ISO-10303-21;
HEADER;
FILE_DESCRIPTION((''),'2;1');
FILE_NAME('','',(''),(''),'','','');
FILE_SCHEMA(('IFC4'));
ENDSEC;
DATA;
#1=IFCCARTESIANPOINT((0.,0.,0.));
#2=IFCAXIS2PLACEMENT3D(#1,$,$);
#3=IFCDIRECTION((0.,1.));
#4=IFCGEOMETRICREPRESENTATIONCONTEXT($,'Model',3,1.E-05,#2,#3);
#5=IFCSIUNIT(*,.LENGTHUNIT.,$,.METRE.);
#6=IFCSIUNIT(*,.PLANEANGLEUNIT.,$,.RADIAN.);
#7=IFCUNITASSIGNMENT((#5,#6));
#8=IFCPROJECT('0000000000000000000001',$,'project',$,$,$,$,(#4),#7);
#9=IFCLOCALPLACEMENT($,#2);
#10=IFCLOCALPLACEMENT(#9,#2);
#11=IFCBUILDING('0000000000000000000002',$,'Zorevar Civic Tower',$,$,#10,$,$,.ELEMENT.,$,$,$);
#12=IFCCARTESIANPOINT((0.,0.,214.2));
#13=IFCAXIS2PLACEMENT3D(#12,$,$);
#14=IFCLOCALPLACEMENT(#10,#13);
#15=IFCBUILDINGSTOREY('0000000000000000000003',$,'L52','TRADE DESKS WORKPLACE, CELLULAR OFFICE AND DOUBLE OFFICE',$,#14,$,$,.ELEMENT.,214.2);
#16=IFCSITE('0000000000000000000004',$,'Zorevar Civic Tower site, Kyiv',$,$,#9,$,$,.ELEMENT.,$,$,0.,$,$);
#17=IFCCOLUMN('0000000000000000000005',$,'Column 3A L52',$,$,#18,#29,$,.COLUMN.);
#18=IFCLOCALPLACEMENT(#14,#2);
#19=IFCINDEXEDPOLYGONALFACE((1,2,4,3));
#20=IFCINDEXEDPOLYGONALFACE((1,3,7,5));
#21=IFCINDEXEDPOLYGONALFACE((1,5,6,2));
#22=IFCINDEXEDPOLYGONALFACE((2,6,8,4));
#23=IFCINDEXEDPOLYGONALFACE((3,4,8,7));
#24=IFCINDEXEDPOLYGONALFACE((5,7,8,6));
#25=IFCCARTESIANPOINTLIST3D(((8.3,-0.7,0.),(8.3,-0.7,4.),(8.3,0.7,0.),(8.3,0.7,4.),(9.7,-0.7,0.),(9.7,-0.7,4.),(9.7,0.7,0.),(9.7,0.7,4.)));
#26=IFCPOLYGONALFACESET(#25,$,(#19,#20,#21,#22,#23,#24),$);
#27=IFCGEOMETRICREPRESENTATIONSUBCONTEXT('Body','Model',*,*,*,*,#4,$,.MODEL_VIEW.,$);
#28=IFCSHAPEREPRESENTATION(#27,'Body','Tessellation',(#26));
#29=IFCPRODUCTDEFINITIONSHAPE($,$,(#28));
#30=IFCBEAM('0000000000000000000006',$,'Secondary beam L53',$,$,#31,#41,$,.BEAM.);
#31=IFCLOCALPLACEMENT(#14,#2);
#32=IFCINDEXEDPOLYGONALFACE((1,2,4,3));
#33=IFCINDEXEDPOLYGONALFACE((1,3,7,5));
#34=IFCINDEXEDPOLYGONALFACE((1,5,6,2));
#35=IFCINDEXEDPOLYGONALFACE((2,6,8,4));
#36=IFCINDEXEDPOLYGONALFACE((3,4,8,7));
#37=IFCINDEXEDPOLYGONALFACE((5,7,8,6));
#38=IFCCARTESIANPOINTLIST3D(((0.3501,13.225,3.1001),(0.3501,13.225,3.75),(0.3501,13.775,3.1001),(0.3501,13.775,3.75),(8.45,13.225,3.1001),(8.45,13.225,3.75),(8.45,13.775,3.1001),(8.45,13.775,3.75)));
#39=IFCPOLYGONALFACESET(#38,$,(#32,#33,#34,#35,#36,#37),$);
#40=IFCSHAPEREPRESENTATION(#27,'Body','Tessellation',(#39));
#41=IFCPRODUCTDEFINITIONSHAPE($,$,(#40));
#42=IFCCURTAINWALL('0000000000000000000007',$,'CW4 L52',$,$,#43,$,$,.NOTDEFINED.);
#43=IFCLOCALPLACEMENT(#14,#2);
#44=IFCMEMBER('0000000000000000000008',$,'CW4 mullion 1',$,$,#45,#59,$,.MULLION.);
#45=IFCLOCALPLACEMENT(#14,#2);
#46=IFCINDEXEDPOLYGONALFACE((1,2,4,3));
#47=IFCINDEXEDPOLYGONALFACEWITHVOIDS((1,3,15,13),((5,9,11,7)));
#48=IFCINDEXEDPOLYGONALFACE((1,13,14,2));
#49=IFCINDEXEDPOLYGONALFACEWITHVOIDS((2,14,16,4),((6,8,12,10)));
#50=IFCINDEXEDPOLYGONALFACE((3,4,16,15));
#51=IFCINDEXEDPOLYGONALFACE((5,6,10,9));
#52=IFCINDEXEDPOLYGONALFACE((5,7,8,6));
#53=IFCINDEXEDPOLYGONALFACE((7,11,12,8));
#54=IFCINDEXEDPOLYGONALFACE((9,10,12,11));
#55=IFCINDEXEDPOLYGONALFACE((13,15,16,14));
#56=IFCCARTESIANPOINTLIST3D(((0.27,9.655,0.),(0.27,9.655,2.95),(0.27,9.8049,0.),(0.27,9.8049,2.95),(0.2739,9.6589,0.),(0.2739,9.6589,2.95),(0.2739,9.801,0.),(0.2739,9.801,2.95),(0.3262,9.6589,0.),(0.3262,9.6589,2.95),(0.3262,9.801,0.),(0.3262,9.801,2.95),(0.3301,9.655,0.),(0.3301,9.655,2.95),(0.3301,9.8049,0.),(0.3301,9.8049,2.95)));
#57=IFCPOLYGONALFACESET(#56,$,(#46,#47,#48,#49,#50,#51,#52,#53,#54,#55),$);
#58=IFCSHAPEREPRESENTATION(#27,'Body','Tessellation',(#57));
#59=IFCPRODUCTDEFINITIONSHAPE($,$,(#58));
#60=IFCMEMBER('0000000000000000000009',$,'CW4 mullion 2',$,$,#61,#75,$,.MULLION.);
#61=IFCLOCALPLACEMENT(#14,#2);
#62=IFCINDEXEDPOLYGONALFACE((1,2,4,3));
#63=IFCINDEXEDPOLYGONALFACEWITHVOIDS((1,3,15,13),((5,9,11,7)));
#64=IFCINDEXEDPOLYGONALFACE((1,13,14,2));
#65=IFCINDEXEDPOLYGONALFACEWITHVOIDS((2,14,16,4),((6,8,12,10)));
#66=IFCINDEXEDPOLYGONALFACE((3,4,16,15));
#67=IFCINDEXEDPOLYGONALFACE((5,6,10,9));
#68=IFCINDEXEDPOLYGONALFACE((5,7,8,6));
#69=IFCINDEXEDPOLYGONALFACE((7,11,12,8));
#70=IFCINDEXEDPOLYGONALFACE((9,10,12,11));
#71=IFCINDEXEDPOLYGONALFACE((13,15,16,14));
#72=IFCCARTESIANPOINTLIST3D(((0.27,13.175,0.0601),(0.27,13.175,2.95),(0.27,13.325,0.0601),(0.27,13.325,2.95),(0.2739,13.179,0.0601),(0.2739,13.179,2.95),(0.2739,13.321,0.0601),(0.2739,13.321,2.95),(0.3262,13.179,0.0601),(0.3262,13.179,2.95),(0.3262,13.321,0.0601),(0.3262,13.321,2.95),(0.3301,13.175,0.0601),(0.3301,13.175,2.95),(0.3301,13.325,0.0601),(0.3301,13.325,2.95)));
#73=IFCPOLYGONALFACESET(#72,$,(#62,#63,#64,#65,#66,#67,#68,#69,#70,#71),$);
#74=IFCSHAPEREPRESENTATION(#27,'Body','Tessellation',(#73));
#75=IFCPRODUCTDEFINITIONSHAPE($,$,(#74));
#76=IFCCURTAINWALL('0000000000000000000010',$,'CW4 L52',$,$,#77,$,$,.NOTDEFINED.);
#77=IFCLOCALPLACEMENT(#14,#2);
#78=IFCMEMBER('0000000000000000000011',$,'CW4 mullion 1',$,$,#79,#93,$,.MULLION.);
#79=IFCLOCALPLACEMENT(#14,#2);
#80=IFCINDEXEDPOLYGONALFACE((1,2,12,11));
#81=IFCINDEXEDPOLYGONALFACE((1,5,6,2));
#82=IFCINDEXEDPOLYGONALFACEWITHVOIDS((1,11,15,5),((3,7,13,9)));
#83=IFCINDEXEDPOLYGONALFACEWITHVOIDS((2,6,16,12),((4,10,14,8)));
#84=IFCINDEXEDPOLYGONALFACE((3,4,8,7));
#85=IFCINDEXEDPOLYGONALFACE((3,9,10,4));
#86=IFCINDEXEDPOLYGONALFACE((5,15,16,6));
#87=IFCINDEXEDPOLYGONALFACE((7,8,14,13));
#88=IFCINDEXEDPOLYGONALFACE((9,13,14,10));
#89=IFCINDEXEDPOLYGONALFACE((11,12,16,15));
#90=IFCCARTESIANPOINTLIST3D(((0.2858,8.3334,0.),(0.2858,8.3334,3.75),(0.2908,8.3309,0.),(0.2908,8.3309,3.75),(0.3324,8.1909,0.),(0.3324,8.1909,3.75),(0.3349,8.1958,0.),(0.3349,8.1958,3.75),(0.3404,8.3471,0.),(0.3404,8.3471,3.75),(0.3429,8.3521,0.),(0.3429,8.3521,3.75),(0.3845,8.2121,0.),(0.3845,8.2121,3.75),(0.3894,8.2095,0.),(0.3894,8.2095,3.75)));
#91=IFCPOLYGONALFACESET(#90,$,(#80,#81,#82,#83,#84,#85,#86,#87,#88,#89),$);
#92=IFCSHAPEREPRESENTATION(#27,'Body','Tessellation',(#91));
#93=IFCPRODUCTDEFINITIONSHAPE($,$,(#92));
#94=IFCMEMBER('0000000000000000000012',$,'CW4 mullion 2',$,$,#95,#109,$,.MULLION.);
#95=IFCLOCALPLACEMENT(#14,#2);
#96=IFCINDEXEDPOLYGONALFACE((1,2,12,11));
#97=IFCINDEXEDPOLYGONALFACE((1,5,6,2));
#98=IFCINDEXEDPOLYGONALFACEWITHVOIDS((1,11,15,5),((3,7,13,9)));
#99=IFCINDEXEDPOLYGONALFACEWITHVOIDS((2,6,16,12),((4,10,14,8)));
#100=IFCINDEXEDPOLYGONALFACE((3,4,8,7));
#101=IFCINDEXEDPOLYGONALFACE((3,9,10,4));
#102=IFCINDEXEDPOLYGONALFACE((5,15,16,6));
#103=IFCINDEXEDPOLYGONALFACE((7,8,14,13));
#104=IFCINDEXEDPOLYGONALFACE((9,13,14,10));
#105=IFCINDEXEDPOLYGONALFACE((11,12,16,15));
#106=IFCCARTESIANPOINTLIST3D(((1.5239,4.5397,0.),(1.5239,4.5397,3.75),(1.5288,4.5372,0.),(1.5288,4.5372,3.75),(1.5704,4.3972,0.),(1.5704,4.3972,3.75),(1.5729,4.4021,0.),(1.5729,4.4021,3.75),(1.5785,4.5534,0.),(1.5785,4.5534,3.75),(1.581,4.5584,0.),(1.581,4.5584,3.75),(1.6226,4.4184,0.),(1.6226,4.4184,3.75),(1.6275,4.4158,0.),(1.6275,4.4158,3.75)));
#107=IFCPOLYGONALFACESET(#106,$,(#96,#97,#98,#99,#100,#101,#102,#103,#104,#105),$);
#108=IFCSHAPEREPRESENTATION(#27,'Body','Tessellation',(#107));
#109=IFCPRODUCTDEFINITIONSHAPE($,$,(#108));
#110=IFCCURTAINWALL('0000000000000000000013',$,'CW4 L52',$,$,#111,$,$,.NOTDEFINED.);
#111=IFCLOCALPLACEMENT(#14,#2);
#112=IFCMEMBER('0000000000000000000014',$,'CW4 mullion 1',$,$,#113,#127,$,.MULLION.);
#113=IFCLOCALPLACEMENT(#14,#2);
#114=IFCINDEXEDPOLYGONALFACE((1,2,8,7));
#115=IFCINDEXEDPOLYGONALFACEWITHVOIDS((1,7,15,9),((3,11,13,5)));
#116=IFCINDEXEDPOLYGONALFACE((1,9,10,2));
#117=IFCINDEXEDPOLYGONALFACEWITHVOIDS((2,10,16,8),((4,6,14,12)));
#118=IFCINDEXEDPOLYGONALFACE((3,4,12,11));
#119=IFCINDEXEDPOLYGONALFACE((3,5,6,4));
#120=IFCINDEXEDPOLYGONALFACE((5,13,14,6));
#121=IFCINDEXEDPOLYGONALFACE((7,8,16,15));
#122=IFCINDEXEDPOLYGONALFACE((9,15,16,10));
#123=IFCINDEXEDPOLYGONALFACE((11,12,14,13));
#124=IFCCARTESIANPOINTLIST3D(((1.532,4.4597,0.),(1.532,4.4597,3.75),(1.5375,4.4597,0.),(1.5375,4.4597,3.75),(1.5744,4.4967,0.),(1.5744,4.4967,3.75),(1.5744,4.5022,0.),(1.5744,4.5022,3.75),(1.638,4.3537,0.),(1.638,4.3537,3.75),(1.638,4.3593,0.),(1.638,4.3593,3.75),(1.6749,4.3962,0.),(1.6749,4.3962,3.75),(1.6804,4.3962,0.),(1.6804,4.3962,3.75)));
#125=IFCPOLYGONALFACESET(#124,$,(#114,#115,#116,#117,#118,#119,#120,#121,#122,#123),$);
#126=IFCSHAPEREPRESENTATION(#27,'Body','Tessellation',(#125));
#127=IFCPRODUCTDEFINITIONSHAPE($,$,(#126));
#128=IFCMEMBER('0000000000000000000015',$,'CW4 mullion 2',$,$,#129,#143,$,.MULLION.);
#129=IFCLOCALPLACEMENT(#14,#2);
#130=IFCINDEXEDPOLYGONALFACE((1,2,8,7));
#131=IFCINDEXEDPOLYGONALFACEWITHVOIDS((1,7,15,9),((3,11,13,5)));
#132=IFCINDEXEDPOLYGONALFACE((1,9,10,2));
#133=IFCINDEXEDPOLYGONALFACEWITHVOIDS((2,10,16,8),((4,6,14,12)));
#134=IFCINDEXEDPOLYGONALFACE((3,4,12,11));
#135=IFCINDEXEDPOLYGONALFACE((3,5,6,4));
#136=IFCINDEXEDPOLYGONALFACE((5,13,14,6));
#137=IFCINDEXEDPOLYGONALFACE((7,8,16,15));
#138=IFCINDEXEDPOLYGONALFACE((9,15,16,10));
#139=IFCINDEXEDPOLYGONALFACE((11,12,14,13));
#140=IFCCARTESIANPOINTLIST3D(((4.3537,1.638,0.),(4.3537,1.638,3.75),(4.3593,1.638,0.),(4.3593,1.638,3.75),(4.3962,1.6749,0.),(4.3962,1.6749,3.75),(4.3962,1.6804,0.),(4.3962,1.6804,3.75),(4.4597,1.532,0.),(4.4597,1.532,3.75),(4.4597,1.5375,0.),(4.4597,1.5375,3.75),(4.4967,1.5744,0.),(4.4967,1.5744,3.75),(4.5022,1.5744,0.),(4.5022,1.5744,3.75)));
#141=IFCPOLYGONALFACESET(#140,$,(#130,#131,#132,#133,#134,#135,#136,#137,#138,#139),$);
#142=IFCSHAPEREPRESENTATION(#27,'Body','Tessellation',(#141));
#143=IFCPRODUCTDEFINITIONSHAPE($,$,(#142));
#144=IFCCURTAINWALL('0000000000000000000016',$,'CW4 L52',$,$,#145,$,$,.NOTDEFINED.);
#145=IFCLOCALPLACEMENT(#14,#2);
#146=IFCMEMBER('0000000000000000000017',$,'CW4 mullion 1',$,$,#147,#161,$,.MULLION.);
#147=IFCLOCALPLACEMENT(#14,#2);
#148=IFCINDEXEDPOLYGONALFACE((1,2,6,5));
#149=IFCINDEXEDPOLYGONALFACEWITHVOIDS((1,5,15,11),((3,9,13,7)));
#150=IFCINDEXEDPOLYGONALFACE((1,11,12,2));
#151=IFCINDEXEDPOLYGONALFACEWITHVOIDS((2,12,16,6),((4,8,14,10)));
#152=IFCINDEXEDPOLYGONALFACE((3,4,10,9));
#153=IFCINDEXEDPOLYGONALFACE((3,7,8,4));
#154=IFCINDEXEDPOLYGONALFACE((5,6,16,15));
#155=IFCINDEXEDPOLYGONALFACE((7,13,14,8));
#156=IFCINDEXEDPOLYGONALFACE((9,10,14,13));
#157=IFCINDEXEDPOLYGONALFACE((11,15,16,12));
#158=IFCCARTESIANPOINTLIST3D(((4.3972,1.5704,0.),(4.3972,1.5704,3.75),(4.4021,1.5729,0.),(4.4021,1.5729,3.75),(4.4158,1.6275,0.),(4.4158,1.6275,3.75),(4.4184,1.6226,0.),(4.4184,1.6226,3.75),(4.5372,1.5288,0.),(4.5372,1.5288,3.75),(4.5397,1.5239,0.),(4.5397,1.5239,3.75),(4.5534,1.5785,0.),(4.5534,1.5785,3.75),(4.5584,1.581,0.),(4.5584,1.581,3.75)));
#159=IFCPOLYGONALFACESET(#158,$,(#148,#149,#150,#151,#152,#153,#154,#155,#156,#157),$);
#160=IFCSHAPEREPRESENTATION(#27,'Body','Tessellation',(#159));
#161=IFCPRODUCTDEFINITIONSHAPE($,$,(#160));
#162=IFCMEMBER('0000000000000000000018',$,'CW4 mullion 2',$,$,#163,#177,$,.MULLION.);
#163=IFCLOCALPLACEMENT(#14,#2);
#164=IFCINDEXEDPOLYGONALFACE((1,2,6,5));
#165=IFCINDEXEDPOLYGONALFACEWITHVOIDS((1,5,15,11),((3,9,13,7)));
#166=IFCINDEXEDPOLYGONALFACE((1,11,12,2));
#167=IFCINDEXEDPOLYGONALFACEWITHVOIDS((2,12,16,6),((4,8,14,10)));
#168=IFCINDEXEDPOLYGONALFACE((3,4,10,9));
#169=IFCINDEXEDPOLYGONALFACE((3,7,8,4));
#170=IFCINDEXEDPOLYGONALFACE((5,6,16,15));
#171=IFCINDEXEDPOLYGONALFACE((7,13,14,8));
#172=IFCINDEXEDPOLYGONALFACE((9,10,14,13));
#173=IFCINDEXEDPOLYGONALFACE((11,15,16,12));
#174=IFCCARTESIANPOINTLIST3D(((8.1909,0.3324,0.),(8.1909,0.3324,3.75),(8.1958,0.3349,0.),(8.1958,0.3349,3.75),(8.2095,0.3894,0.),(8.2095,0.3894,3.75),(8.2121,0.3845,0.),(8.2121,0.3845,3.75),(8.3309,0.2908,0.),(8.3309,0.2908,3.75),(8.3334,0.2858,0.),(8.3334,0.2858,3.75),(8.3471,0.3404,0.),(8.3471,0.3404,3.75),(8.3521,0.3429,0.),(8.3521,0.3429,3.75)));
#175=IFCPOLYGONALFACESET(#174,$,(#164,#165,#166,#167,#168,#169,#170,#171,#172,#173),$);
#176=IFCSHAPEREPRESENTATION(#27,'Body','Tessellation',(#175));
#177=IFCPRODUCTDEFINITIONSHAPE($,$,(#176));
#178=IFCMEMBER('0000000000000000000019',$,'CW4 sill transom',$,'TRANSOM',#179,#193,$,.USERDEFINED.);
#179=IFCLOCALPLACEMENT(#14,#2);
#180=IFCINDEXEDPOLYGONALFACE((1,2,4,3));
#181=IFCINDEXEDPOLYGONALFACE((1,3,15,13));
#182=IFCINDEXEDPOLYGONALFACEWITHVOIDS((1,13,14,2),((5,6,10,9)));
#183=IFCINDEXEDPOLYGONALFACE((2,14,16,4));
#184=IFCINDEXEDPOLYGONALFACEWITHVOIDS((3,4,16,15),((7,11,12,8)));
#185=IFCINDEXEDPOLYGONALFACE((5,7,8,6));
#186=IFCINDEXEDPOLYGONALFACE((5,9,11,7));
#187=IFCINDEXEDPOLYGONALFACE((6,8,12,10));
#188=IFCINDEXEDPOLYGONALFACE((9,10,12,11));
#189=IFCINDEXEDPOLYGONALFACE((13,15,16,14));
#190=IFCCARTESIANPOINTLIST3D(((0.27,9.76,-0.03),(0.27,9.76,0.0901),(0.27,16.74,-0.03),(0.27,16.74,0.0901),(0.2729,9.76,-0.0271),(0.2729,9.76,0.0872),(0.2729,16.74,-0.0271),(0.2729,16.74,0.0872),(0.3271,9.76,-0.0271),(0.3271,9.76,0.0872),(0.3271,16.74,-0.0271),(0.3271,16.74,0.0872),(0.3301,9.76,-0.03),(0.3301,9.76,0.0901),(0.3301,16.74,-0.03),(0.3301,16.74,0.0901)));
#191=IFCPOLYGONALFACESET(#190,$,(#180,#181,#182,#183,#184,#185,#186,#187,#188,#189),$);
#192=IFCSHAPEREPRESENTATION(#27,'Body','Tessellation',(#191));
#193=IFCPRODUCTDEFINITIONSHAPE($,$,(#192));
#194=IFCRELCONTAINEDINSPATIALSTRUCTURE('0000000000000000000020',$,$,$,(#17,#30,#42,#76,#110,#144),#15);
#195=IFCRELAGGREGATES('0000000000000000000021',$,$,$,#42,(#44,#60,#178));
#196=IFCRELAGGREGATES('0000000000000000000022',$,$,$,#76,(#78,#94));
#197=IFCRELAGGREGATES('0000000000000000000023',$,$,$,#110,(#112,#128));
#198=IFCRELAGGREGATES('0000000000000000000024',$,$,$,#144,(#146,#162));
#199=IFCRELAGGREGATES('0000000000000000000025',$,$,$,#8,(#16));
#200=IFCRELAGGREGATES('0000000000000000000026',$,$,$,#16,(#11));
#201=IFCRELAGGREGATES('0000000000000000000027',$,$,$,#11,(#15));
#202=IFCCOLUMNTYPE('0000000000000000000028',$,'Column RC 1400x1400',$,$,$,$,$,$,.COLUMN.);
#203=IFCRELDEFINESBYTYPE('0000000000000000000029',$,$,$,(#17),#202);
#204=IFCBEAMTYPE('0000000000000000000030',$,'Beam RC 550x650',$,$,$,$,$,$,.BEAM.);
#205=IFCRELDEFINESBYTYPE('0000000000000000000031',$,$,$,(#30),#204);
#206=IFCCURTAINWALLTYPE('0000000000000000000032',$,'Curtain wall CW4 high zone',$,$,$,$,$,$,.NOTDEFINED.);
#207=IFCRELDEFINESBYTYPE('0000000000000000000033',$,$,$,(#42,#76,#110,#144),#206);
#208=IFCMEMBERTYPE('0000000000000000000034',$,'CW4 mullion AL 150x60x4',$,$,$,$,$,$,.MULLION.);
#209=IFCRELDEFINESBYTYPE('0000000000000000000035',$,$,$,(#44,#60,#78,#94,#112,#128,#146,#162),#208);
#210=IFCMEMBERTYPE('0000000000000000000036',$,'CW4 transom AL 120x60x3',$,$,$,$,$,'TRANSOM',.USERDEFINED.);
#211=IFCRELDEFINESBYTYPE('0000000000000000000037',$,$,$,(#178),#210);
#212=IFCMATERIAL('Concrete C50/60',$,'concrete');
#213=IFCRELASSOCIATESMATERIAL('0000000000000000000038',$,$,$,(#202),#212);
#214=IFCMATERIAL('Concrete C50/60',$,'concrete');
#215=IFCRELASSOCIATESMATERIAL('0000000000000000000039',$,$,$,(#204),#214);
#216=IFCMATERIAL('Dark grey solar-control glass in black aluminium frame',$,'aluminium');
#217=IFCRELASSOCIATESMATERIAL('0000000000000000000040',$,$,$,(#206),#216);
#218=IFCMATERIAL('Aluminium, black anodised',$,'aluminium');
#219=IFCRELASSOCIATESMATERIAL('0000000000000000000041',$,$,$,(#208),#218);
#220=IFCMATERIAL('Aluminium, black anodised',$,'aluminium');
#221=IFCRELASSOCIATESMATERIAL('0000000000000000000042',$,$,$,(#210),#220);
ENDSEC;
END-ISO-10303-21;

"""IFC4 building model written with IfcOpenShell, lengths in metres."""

from ifc_helpers import new_model, si_unit, direction, frame, origin, origin_2d, place, context, subcontext, project, spatial, rectangle, hollow_rectangle, extrude, material, material_profile, profile_set, type_object, element, aggregate, save


model = new_model("IFC4")

# Units and contexts
model_context = context("Model", 3, precision=1e-05, world=origin(), true_north=direction((0.0, 1.0)))
body_context = subcontext(model_context, "Body", "Model", "MODEL_VIEW")
ifc_project = project(units=[si_unit("LENGTHUNIT", "METRE"), si_unit("PLANEANGLEUNIT", "RADIAN")], contexts=[model_context])

# Site, building, storey
site_placement = place(None, origin())
site = spatial("IfcSite", under=ifc_project, at=site_placement, Name="Zorevar Civic Tower site, Kyiv", CompositionType="ELEMENT", RefElevation=0.0)
building_placement = place(site_placement, origin())
building = spatial("IfcBuilding", under=site, at=building_placement, Name="Zorevar Civic Tower", CompositionType="ELEMENT")
storey_placement = place(building_placement, frame((0.0, 0.0, 214.2)))
storey = spatial("IfcBuildingStorey", under=building, at=storey_placement, Name="L52", Description="TRADE DESKS WORKPLACE, CELLULAR OFFICE AND DOUBLE OFFICE", CompositionType="ELEMENT", Elevation=214.2)

# Column
ifc_material_1 = material(Name="Concrete C50/60", Category="concrete")
ifc_material_profile_1 = material_profile(ifc_material_1, rectangle(XDim=1.3999, YDim=1.3999, at=origin_2d()), Name="RC 1400x1400")
ifc_profile_set_1 = profile_set([ifc_material_profile_1], Name="Concrete C50/60")
column_type = type_object("IfcColumnType", Name="Column RC 1400x1400", PredefinedType="COLUMN", material=ifc_profile_set_1)
column_placement = place(storey_placement, frame((9.0, 0.0, 0.0), z_axis=(0.0, 0.0, 1.0), x_axis=(1.0, 0.0, 0.0)))
element("IfcColumn", 1, at=column_placement, inside=storey, type_object=column_type, Name="Column 3A L52", PredefinedType="COLUMN", context=body_context, shape_type="SweptSolid", body=[
    extrude(rectangle(XDim=1.3999, YDim=1.3999, at=origin_2d()), origin(), (0.0, 0.0, 1.0), 4.0),
])

# Beam
ifc_material_2 = material(Name="Concrete C50/60", Category="concrete")
ifc_material_profile_2 = material_profile(ifc_material_2, rectangle(XDim=0.55, YDim=0.6499, at=origin_2d()), Name="RC 550x650")
ifc_profile_set_2 = profile_set([ifc_material_profile_2], Name="Concrete C50/60")
beam_type_1 = type_object("IfcBeamType", Name="Beam RC 550x650", PredefinedType="BEAM", material=ifc_profile_set_2)
beam_1_placement = place(storey_placement, frame((0.3501, 13.5, 3.425), z_axis=(1.0, 0.0, 0.0), x_axis=(0.0, 1.0, 0.0)))
element("IfcBeam", 2, at=beam_1_placement, inside=storey, type_object=beam_type_1, Name="Secondary beam L53", PredefinedType="BEAM", context=body_context, shape_type="SweptSolid", body=[
    extrude(rectangle(XDim=0.55, YDim=0.6499, at=origin_2d()), origin(), (0.0, 0.0, 1.0), 8.0999),
])

# Curtain walls, members
ifc_material_3 = material(Name="Dark grey solar-control glass in black aluminium frame", Category="aluminium")
curtain_wall_type = type_object("IfcCurtainWallType", Name="Curtain wall CW4 high zone", PredefinedType="NOTDEFINED", material=ifc_material_3)
curtain_wall_1_placement = place(storey_placement, origin())
curtain_wall_1 = element("IfcCurtainWall", 3, at=curtain_wall_1_placement, inside=storey, type_object=curtain_wall_type, Name="CW4 L52", PredefinedType="NOTDEFINED")
ifc_material_4 = material(Name="Aluminium, black anodised", Category="aluminium")
ifc_material_profile_3 = material_profile(ifc_material_4, hollow_rectangle(XDim=0.0601, YDim=0.1499, WallThickness=0.0039, at=origin_2d()), Name="AL 150x60x4")
ifc_profile_set_3 = profile_set([ifc_material_profile_3], Name="Aluminium, black anodised")
member_type_1 = type_object("IfcMemberType", Name="CW4 mullion AL 150x60x4", PredefinedType="MULLION", material=ifc_profile_set_3)
member_1_placement = place(storey_placement, frame((0.3, 9.73, 0.0), z_axis=(0.0, 0.0, 1.0), x_axis=(-1.0, 0.0, 0.0)))
member_1 = element("IfcMember", 4, at=member_1_placement, type_object=member_type_1, Name="CW4 mullion 1", PredefinedType="MULLION", context=body_context, shape_type="SweptSolid", body=[
    extrude(hollow_rectangle(XDim=0.0601, YDim=0.1499, WallThickness=0.0039, at=origin_2d()), origin(), (0.0, 0.0, 1.0), 2.95),
])
member_2_placement = place(storey_placement, frame((0.3, 13.25, 0.0601), z_axis=(0.0, 0.0, 1.0), x_axis=(-1.0, 0.0, 0.0)))
member_2 = element("IfcMember", 5, at=member_2_placement, type_object=member_type_1, Name="CW4 mullion 2", PredefinedType="MULLION", context=body_context, shape_type="SweptSolid", body=[
    extrude(hollow_rectangle(XDim=0.0601, YDim=0.1499, WallThickness=0.0039, at=origin_2d()), origin(), (0.0, 0.0, 1.0), 2.8899),
])
curtain_wall_2_placement = place(storey_placement, origin())
curtain_wall_2 = element("IfcCurtainWall", 6, at=curtain_wall_2_placement, inside=storey, type_object=curtain_wall_type, Name="CW4 L52", PredefinedType="NOTDEFINED")
member_3_placement = place(storey_placement, frame((0.3376, 8.2715, 0.0), z_axis=(0.0, 0.0, 1.0), x_axis=(0.950645, 0.310281, 0.0)))
member_3 = element("IfcMember", 7, at=member_3_placement, type_object=member_type_1, Name="CW4 mullion 1", PredefinedType="MULLION", context=body_context, shape_type="SweptSolid", body=[
    extrude(hollow_rectangle(XDim=0.0601, YDim=0.1499, WallThickness=0.0039, at=origin_2d()), origin(), (0.0, 0.0, 1.0), 3.75),
])
member_4_placement = place(storey_placement, frame((1.5757, 4.4778, 0.0), z_axis=(0.0, 0.0, 1.0), x_axis=(0.950645, 0.310281, 0.0)))
member_4 = element("IfcMember", 8, at=member_4_placement, type_object=member_type_1, Name="CW4 mullion 2", PredefinedType="MULLION", context=body_context, shape_type="SweptSolid", body=[
    extrude(hollow_rectangle(XDim=0.0601, YDim=0.1499, WallThickness=0.0039, at=origin_2d()), origin(), (0.0, 0.0, 1.0), 3.75),
])
curtain_wall_3_placement = place(storey_placement, origin())
curtain_wall_3 = element("IfcCurtainWall", 9, at=curtain_wall_3_placement, inside=storey, type_object=curtain_wall_type, Name="CW4 L52", PredefinedType="NOTDEFINED")
member_5_placement = place(storey_placement, frame((1.6062, 4.428, 0.0), z_axis=(0.0, 0.0, 1.0), x_axis=(0.707107, 0.707107, 0.0)))
member_5 = element("IfcMember", 10, at=member_5_placement, type_object=member_type_1, Name="CW4 mullion 1", PredefinedType="MULLION", context=body_context, shape_type="SweptSolid", body=[
    extrude(hollow_rectangle(XDim=0.0601, YDim=0.1499, WallThickness=0.0039, at=origin_2d()), origin(), (0.0, 0.0, 1.0), 3.75),
])
member_6_placement = place(storey_placement, frame((4.428, 1.6062, 0.0), z_axis=(0.0, 0.0, 1.0), x_axis=(0.707107, 0.707107, 0.0)))
member_6 = element("IfcMember", 11, at=member_6_placement, type_object=member_type_1, Name="CW4 mullion 2", PredefinedType="MULLION", context=body_context, shape_type="SweptSolid", body=[
    extrude(hollow_rectangle(XDim=0.0601, YDim=0.1499, WallThickness=0.0039, at=origin_2d()), origin(), (0.0, 0.0, 1.0), 3.75),
])
curtain_wall_4_placement = place(storey_placement, origin())
curtain_wall_4 = element("IfcCurtainWall", 12, at=curtain_wall_4_placement, inside=storey, type_object=curtain_wall_type, Name="CW4 L52", PredefinedType="NOTDEFINED")
member_7_placement = place(storey_placement, frame((4.4778, 1.5757, 0.0), z_axis=(0.0, 0.0, 1.0), x_axis=(0.310281, 0.950645, 0.0)))
member_7 = element("IfcMember", 13, at=member_7_placement, type_object=member_type_1, Name="CW4 mullion 1", PredefinedType="MULLION", context=body_context, shape_type="SweptSolid", body=[
    extrude(hollow_rectangle(XDim=0.0601, YDim=0.1499, WallThickness=0.0039, at=origin_2d()), origin(), (0.0, 0.0, 1.0), 3.75),
])
member_8_placement = place(storey_placement, frame((8.2715, 0.3376, 0.0), z_axis=(0.0, 0.0, 1.0), x_axis=(0.310281, 0.950645, 0.0)))
member_8 = element("IfcMember", 14, at=member_8_placement, type_object=member_type_1, Name="CW4 mullion 2", PredefinedType="MULLION", context=body_context, shape_type="SweptSolid", body=[
    extrude(hollow_rectangle(XDim=0.0601, YDim=0.1499, WallThickness=0.0039, at=origin_2d()), origin(), (0.0, 0.0, 1.0), 3.75),
])

# Member
ifc_material_5 = material(Name="Aluminium, black anodised", Category="aluminium")
ifc_material_profile_4 = material_profile(ifc_material_5, hollow_rectangle(XDim=0.0601, YDim=0.1201, WallThickness=0.0029, at=origin_2d()), Name="AL 120x60x3")
ifc_profile_set_4 = profile_set([ifc_material_profile_4], Name="Aluminium, black anodised")
member_type_2 = type_object("IfcMemberType", Name="CW4 transom AL 120x60x3", ElementType="TRANSOM", PredefinedType="USERDEFINED", material=ifc_profile_set_4)
member_9_placement = place(storey_placement, frame((0.3, 9.76, 0.03), z_axis=(0.0, 1.0, 0.0), x_axis=(-1.0, 0.0, 0.0)))
member_9 = element("IfcMember", 15, at=member_9_placement, type_object=member_type_2, Name="CW4 sill transom", ObjectType="TRANSOM", PredefinedType="USERDEFINED", context=body_context, shape_type="SweptSolid", body=[
    extrude(hollow_rectangle(XDim=0.0601, YDim=0.1201, WallThickness=0.0029, at=origin_2d()), origin(), (0.0, 0.0, 1.0), 6.98),
])

aggregate(curtain_wall_1, [member_1, member_2, member_9])
aggregate(curtain_wall_2, [member_3, member_4])
aggregate(curtain_wall_3, [member_5, member_6])
aggregate(curtain_wall_4, [member_7, member_8])

save(model, "model.ifc")
